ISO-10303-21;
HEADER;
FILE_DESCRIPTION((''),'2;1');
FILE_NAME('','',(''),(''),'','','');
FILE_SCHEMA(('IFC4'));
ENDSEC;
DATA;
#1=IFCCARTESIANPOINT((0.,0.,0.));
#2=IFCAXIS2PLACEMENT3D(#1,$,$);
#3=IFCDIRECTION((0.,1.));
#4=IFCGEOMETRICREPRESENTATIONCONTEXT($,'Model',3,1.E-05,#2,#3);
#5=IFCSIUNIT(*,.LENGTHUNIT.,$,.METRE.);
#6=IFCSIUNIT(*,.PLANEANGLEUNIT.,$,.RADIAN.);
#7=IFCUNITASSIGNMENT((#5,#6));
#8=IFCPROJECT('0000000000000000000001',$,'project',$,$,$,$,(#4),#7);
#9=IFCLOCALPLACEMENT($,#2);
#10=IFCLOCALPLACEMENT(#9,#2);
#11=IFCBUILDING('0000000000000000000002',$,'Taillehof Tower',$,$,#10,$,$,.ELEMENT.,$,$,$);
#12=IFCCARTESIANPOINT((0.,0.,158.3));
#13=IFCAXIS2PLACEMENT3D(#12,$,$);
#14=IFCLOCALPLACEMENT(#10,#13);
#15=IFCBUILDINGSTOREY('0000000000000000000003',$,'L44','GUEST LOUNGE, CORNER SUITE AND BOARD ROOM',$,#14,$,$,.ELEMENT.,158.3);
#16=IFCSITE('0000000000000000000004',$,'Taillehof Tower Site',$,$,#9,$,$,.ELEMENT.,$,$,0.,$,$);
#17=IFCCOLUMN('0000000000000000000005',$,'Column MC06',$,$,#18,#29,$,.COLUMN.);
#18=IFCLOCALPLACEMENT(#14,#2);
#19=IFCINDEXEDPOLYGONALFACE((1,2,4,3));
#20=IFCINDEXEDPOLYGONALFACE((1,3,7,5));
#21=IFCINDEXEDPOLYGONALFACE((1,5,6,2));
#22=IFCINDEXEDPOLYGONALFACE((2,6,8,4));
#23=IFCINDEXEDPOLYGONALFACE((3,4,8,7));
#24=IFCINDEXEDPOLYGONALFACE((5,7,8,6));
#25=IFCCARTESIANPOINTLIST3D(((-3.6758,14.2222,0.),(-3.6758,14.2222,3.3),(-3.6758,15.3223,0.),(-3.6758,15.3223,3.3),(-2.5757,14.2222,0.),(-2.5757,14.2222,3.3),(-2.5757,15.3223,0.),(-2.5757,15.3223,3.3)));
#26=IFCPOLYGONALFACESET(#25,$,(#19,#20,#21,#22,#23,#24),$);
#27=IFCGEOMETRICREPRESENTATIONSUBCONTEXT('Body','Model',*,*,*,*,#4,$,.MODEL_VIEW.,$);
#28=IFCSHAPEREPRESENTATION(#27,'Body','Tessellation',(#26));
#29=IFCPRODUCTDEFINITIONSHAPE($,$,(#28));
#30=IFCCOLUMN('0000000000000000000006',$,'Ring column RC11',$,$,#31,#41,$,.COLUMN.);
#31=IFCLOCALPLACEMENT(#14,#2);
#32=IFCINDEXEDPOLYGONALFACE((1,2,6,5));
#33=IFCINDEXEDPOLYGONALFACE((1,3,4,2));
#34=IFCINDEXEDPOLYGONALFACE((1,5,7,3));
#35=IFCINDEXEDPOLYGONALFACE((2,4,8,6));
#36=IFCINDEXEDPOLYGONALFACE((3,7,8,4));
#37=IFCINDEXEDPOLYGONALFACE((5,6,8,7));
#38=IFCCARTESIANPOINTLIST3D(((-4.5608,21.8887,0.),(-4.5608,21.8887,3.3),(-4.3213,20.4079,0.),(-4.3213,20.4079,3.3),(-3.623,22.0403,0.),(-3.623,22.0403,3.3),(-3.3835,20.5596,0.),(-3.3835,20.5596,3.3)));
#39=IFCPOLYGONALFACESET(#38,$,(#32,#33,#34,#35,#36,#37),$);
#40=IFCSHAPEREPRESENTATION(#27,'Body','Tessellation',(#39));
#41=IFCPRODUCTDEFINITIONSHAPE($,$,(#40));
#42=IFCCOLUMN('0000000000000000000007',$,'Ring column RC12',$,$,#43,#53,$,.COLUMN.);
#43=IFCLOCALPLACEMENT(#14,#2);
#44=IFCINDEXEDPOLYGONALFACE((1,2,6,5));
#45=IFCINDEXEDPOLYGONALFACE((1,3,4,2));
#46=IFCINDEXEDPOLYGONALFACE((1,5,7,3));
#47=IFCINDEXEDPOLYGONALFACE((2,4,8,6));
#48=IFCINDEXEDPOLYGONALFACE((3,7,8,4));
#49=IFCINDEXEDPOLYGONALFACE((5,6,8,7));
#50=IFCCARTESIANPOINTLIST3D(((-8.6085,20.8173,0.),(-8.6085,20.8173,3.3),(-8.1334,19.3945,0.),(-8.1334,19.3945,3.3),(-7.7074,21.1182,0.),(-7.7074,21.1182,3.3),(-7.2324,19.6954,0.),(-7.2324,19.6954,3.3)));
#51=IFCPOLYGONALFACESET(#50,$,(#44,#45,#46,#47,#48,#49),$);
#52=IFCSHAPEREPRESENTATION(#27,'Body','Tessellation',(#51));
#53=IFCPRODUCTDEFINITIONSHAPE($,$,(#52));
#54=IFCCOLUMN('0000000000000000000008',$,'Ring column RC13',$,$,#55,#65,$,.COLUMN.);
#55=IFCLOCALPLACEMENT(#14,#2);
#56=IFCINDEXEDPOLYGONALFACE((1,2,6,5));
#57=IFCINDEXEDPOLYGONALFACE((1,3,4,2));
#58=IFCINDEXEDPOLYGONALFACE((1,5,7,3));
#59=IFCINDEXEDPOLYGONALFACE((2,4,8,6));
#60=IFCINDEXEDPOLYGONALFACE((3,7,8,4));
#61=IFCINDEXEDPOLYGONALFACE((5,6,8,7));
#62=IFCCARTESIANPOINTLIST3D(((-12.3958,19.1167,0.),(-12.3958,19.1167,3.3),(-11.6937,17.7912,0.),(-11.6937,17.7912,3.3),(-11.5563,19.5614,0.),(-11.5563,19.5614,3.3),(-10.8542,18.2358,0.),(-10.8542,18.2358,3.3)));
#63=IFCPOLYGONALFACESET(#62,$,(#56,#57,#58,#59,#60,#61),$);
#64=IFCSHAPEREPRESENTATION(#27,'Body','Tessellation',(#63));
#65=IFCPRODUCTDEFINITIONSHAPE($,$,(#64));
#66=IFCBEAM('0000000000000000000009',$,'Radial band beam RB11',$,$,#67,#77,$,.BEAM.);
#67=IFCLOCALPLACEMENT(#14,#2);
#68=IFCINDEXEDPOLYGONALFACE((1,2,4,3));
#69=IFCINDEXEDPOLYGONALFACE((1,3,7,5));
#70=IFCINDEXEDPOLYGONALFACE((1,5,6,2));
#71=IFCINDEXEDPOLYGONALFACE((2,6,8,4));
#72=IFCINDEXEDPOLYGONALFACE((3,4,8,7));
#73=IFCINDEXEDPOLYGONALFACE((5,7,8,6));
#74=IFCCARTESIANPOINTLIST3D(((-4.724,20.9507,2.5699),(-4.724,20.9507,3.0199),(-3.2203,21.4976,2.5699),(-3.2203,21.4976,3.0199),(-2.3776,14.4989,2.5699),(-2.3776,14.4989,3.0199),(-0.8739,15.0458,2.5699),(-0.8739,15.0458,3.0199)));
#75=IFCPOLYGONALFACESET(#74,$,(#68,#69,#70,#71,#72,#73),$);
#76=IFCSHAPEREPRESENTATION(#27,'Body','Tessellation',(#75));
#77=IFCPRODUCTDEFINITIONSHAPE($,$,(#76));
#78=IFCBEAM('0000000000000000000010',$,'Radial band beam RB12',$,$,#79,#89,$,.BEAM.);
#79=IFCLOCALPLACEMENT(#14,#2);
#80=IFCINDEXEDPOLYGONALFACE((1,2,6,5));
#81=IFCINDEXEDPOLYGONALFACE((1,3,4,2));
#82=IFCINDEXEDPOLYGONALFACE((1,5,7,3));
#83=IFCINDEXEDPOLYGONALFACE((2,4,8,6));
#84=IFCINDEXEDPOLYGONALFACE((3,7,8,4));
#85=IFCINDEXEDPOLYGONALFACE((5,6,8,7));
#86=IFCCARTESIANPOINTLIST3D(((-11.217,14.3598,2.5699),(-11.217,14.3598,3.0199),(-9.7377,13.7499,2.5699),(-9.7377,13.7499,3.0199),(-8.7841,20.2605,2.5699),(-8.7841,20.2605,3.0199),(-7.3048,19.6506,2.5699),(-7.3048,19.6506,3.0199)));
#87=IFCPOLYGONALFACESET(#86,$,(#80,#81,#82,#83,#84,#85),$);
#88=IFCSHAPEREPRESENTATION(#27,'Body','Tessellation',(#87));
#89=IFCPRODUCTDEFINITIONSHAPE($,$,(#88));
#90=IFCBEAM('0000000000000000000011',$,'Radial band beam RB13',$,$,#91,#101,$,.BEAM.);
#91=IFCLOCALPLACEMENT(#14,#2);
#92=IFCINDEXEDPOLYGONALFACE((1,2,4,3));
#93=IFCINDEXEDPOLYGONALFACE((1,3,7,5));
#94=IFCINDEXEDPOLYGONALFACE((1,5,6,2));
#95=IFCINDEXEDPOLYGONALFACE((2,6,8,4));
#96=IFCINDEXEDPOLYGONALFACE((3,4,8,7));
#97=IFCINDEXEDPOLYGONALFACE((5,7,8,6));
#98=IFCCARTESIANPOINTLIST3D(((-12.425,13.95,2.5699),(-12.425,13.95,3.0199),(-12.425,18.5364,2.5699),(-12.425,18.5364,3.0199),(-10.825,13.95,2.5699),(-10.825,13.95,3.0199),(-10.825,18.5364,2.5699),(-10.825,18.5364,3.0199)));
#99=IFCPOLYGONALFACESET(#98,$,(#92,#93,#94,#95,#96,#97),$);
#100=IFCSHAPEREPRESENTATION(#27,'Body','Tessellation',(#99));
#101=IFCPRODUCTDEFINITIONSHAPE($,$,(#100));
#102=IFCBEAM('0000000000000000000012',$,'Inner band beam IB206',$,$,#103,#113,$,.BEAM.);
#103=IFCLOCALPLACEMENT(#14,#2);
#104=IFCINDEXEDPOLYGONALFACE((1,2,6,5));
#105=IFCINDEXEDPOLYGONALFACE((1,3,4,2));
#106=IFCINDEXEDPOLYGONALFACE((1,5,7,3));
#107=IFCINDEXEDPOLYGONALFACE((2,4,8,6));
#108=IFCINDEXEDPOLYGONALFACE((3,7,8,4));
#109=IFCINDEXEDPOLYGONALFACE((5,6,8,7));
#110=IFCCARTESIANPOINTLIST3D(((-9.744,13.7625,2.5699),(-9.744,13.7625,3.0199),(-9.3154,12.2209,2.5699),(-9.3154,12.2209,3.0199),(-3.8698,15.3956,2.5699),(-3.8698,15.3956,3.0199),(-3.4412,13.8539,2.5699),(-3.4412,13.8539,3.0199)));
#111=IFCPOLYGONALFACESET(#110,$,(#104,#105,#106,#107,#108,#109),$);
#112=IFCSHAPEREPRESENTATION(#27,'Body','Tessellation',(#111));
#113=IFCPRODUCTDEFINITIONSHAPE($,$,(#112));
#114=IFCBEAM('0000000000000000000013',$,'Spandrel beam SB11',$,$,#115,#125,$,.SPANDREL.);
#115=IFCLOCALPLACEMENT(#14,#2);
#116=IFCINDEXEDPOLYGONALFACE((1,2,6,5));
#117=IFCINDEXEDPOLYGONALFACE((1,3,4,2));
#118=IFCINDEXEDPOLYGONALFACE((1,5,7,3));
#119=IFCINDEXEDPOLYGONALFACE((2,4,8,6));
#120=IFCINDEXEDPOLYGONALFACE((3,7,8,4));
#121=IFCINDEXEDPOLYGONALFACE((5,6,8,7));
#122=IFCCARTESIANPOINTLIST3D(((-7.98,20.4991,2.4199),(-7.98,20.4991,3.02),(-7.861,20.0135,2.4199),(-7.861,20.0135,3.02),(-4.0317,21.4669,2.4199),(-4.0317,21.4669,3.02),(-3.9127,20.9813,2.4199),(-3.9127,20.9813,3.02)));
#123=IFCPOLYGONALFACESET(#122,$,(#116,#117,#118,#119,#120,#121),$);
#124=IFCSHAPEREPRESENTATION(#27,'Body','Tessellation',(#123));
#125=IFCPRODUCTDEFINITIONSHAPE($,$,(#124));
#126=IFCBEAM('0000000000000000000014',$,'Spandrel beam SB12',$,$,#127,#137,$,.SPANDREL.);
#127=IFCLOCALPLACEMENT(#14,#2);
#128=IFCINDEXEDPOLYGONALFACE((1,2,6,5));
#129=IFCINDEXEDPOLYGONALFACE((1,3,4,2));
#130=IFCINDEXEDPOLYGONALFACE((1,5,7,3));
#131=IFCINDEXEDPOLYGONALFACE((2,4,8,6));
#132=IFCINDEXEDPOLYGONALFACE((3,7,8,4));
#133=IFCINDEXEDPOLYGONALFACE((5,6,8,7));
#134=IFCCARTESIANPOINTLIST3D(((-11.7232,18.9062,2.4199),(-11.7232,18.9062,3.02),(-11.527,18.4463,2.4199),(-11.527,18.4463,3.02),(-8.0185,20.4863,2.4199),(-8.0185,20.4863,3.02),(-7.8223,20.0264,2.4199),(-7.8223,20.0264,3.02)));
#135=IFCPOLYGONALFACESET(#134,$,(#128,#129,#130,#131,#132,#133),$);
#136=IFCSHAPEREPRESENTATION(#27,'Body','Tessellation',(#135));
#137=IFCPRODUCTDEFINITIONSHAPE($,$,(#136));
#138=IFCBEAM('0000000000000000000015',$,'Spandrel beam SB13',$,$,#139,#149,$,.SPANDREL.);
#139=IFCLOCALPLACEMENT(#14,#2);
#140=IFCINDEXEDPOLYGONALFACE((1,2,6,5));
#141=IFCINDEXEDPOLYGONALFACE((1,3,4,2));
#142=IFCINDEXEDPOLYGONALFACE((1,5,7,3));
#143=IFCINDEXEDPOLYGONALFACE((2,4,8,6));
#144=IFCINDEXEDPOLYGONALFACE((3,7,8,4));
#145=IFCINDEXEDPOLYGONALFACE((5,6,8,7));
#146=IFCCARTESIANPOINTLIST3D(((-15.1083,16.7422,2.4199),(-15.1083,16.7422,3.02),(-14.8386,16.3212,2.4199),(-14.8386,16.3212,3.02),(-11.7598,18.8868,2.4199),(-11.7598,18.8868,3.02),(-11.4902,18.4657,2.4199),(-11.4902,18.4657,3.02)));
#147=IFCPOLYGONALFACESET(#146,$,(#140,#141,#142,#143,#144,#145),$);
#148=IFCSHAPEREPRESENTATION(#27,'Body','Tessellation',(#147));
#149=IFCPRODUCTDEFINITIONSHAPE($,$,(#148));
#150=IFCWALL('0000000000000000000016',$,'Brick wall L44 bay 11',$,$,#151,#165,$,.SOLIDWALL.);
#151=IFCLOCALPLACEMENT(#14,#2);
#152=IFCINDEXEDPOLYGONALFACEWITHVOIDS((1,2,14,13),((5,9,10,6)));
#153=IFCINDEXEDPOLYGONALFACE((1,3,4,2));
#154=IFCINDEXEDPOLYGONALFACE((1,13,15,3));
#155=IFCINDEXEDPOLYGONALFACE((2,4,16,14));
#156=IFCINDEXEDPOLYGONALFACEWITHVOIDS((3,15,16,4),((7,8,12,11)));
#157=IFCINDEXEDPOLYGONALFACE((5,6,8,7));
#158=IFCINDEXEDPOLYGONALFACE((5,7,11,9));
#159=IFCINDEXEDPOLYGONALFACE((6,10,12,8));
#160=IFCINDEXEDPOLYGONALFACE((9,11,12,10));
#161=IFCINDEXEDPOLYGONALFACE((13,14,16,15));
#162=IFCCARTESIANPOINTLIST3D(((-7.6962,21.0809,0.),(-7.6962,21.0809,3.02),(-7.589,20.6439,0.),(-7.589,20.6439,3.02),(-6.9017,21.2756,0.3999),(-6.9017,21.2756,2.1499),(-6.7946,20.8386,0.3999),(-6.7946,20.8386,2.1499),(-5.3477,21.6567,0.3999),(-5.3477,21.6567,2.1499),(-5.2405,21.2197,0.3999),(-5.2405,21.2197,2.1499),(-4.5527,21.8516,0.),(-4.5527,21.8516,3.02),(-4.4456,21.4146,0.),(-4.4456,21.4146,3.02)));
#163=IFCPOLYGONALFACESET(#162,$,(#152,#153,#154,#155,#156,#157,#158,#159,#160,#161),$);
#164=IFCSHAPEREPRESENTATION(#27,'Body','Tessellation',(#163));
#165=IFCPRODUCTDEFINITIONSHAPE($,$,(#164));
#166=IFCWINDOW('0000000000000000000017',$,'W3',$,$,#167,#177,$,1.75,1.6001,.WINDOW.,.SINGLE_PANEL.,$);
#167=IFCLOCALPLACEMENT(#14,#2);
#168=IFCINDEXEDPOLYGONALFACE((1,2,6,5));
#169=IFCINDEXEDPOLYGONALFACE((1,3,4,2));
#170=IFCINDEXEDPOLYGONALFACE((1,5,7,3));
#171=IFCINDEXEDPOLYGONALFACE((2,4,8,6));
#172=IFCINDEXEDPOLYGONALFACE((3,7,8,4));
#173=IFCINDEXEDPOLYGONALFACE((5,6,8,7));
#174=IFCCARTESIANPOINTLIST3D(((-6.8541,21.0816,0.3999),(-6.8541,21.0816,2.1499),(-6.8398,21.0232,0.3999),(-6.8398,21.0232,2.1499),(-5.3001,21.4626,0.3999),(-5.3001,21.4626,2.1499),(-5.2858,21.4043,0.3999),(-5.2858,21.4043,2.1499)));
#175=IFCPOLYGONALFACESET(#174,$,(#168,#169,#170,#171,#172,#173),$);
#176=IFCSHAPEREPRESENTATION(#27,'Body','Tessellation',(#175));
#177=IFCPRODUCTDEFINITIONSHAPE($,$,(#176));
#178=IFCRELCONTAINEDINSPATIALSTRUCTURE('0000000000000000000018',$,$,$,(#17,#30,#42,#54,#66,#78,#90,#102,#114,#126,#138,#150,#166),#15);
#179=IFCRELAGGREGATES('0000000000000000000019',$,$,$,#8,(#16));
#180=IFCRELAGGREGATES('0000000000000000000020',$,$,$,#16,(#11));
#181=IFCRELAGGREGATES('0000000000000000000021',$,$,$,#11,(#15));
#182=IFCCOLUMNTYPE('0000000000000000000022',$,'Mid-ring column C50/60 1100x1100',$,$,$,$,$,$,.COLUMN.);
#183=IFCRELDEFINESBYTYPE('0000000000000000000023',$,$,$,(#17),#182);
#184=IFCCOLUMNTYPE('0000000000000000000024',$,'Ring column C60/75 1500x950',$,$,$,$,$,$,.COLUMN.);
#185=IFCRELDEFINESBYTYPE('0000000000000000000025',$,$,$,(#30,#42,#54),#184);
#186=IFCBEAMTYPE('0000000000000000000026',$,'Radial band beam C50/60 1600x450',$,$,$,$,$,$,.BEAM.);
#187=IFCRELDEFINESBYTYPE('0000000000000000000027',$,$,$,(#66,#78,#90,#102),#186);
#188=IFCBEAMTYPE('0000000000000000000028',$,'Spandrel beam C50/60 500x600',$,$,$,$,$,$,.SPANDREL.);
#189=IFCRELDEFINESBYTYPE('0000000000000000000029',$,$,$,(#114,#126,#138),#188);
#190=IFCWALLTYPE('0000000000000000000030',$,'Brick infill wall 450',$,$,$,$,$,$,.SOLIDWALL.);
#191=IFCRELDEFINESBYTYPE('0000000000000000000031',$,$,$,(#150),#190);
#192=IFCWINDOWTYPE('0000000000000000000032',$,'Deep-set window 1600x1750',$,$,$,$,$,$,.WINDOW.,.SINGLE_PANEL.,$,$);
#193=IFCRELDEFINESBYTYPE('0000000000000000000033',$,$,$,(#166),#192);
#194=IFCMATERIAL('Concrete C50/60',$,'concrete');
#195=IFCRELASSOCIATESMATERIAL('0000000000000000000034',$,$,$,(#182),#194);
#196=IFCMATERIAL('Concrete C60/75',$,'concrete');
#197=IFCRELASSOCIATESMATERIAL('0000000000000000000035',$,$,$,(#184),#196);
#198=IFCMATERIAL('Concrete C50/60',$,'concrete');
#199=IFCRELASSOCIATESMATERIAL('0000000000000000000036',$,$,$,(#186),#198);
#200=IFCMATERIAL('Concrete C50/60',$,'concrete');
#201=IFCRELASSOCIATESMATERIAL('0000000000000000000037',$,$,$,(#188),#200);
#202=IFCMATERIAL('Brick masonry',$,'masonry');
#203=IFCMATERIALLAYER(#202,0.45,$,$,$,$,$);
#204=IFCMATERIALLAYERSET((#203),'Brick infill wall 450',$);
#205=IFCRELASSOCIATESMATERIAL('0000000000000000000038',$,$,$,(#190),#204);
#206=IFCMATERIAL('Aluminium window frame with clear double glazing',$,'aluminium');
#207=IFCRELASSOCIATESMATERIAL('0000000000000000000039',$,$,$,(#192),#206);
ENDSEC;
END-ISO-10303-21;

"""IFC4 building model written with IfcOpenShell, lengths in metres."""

from ifc_helpers import new_model, si_unit, direction, frame, frame_2d, origin, origin_2d, place, context, subcontext, project, spatial, rectangle, extrude, material, layer, layer_set, material_profile, profile_set, type_object, element, fill, save


model = new_model("IFC4")

# Units and contexts
model_context = context("Model", 3, precision=1e-05, world=origin(), true_north=direction((0.0, 1.0)))
body_context = subcontext(model_context, "Body", "Model", "MODEL_VIEW")
ifc_project = project(units=[si_unit("LENGTHUNIT", "METRE"), si_unit("PLANEANGLEUNIT", "RADIAN")], contexts=[model_context])

# Site, building, storey
site_placement = place(None, origin())
site = spatial("IfcSite", under=ifc_project, at=site_placement, Name="Taillehof Tower Site", CompositionType="ELEMENT", RefElevation=0.0)
building_placement = place(site_placement, origin())
building = spatial("IfcBuilding", under=site, at=building_placement, Name="Taillehof Tower", CompositionType="ELEMENT")
storey_placement = place(building_placement, frame((0.0, 0.0, 158.3)))
storey = spatial("IfcBuildingStorey", under=building, at=storey_placement, Name="L44", Description="GUEST LOUNGE, CORNER SUITE AND BOARD ROOM", CompositionType="ELEMENT", Elevation=158.3)

# Columns
ifc_material_1 = material(Name="Concrete C50/60", Category="concrete")
ifc_material_profile_1 = material_profile(ifc_material_1, rectangle(XDim=1.1001, YDim=1.1001, at=origin_2d()), Name="RC 1100x1100")
ifc_profile_set_1 = profile_set([ifc_material_profile_1], Name="Concrete C50/60")
column_type_1 = type_object("IfcColumnType", Name="Mid-ring column C50/60 1100x1100", PredefinedType="COLUMN", material=ifc_profile_set_1)
column_placement = place(storey_placement, frame((-3.1257, 14.7722, 0.0), z_axis=(0.0, 0.0, 1.0), x_axis=(1.0, 0.0, 0.0)))
element("IfcColumn", 1, at=column_placement, inside=storey, type_object=column_type_1, Name="Column MC06", PredefinedType="COLUMN", context=body_context, shape_type="SweptSolid", body=[
    extrude(rectangle(XDim=1.1001, YDim=1.1001, at=origin_2d()), origin(), (0.0, 0.0, 1.0), 3.3),
])
ifc_material_2 = material(Name="Concrete C60/75", Category="concrete")
ifc_material_profile_2 = material_profile(ifc_material_2, rectangle(XDim=1.5, YDim=0.95, at=origin_2d()), Name="RC 1500x950")
ifc_profile_set_2 = profile_set([ifc_material_profile_2], Name="Concrete C60/75")
column_type_2 = type_object("IfcColumnType", Name="Ring column C60/75 1500x950", PredefinedType="COLUMN", material=ifc_profile_set_2)
for number, where, z_axis, x_axis, name in (
    (2, (-3.9722, 21.2241, 0.0), (0.0, 0.0, 1.0), (-0.159679, 0.987169, 0.0), "Ring column RC11"),
    (3, (-7.9204, 20.2563, 0.0), (0.0, 0.0, 1.0), (-0.316703, 0.948525, 0.0), "Ring column RC12"),
    (4, (-11.625, 18.6763, 0.0), (0.0, 0.0, 1.0), (-0.468042, 0.883706, 0.0), "Ring column RC13"),
):
    element("IfcColumn", number, at=place(storey_placement, frame(where, z_axis=z_axis, x_axis=x_axis)), inside=storey, type_object=column_type_2, Name=name, PredefinedType="COLUMN", context=body_context, shape_type="SweptSolid", body=[
        extrude(rectangle(XDim=1.5, YDim=0.95, at=origin_2d()), origin(), (0.0, 0.0, 1.0), 3.3),
    ])

# Beams
ifc_material_3 = material(Name="Concrete C50/60", Category="concrete")
ifc_material_profile_3 = material_profile(ifc_material_3, rectangle(XDim=1.6001, YDim=0.45, at=origin_2d()), Name="RC 1600x450")
ifc_profile_set_3 = profile_set([ifc_material_profile_3], Name="Concrete C50/60")
beam_type_1 = type_object("IfcBeamType", Name="Radial band beam C50/60 1600x450", PredefinedType="BEAM", material=ifc_profile_set_3)
beam_1_placement = place(storey_placement, frame((-3.9722, 21.2241, 2.7949), z_axis=(0.34178, -0.93978, 0.0), x_axis=(0.93978, 0.34178, 0.0)))
element("IfcBeam", 5, at=beam_1_placement, inside=storey, type_object=beam_type_1, Name="Radial band beam RB11", PredefinedType="BEAM", context=body_context, shape_type="SweptSolid", body=[
    extrude(rectangle(XDim=1.6001, YDim=0.45, at=origin_2d()), origin(), (0.0, 0.0, 1.0), 6.8652),
])
beam_2_placement = place(storey_placement, frame((-8.0444, 19.9556, 2.7949), z_axis=(-0.381177, -0.924502, 0.0), x_axis=(0.924502, -0.381177, 0.0)))
element("IfcBeam", 6, at=beam_2_placement, inside=storey, type_object=beam_type_1, Name="Radial band beam RB12", PredefinedType="BEAM", context=body_context, shape_type="SweptSolid", body=[
    extrude(rectangle(XDim=1.6001, YDim=0.45, at=origin_2d()), origin(), (0.0, 0.0, 1.0), 6.3826),
])
beam_3_placement = place(storey_placement, frame((-11.625, 18.5364, 2.7949), z_axis=(0.0, -1.0, 0.0), x_axis=(1.0, 0.0, 0.0)))
element("IfcBeam", 7, at=beam_3_placement, inside=storey, type_object=beam_type_1, Name="Radial band beam RB13", PredefinedType="BEAM", context=body_context, shape_type="SweptSolid", body=[
    extrude(rectangle(XDim=1.6001, YDim=0.45, at=origin_2d()), origin(), (0.0, 0.0, 1.0), 4.5864),
])
beam_4_placement = place(storey_placement, frame((-3.6555, 14.6248, 2.7949), z_axis=(-0.963459, -0.267855, 0.0), x_axis=(0.267855, -0.963459, 0.0)))
element("IfcBeam", 8, at=beam_4_placement, inside=storey, type_object=beam_type_1, Name="Inner band beam IB206", PredefinedType="BEAM", context=body_context, shape_type="SweptSolid", body=[
    extrude(rectangle(XDim=1.6001, YDim=0.45, at=origin_2d()), origin(), (0.0, 0.0, 1.0), 6.0969),
])
ifc_material_4 = material(Name="Concrete C50/60", Category="concrete")
ifc_material_profile_4 = material_profile(ifc_material_4, rectangle(XDim=0.5, YDim=0.6001, at=origin_2d()), Name="RC 500x600")
ifc_profile_set_4 = profile_set([ifc_material_profile_4], Name="Concrete C50/60")
beam_type_2 = type_object("IfcBeamType", Name="Spandrel beam C50/60 500x600", PredefinedType="SPANDREL", material=ifc_profile_set_4)
beam_5_placement = place(storey_placement, frame((-3.9722, 21.2241, 2.72), z_axis=(-0.971249, -0.238068, 0.0), x_axis=(0.238068, -0.971249, 0.0)))
element("IfcBeam", 9, at=beam_5_placement, inside=storey, type_object=beam_type_2, Name="Spandrel beam SB11", PredefinedType="SPANDREL", context=body_context, shape_type="SweptSolid", body=[
    extrude(rectangle(XDim=0.5, YDim=0.6001, at=origin_2d()), origin(), (0.0, 0.0, 1.0), 4.0652),
])
beam_6_placement = place(storey_placement, frame((-7.9204, 20.2563, 2.72), z_axis=(-0.919827, -0.392324, 0.0), x_axis=(0.392324, -0.919827, 0.0)))
element("IfcBeam", 10, at=beam_6_placement, inside=storey, type_object=beam_type_2, Name="Spandrel beam SB12", PredefinedType="SPANDREL", context=body_context, shape_type="SweptSolid", body=[
    extrude(rectangle(XDim=0.5, YDim=0.6001, at=origin_2d()), origin(), (0.0, 0.0, 1.0), 4.0276),
])
beam_7_placement = place(storey_placement, frame((-11.625, 18.6763, 2.72), z_axis=(-0.842093, -0.539332, 0.0), x_axis=(0.539332, -0.842093, 0.0)))
element("IfcBeam", 11, at=beam_7_placement, inside=storey, type_object=beam_type_2, Name="Spandrel beam SB13", PredefinedType="SPANDREL", context=body_context, shape_type="SweptSolid", body=[
    extrude(rectangle(XDim=0.5, YDim=0.6001, at=origin_2d()), origin(), (0.0, 0.0, 1.0), 3.9763),
])

# Wall, opening, window
ifc_material_5 = material(Name="Brick masonry", Category="masonry")
ifc_layer_1 = layer(ifc_material_5, 0.45)
ifc_layer_set_1 = layer_set([ifc_layer_1], Name="Brick infill wall 450")
wall_type_1 = type_object("IfcWallType", Name="Brick infill wall 450", PredefinedType="SOLIDWALL", material=ifc_layer_set_1)
wall_1_placement = place(storey_placement, frame((-4.4993, 21.6331, 0.0), z_axis=(0.0, 0.0, 1.0), x_axis=(-0.971233, -0.238132, 0.0)))
wall_1 = element("IfcWall", 12, at=wall_1_placement, inside=storey, type_object=wall_type_1, Name="Brick wall L44 bay 11", PredefinedType="SOLIDWALL", context=body_context, shape_type="SweptSolid", body=[
    extrude(rectangle(XDim=3.2366, YDim=0.45, at=frame_2d((1.6182, 0.0))), origin(), (0.0, 0.0, 1.0), 3.02),
])
opening_1_placement = place(wall_1_placement, frame((0.8184, 0.0, 0.3999)))
opening_1 = element("IfcOpeningElement", 13, at=opening_1_placement, cuts=wall_1, PredefinedType="OPENING", context=body_context, shape_type="SweptSolid", body=[
    extrude(rectangle(XDim=1.6001, YDim=1.75, at=frame_2d((0.8, 0.875))), frame((0.0, 0.2349, 0.0), z_axis=(0.0, -1.0, 0.0), x_axis=(1.0, 0.0, 0.0)), (0.0, 0.0, 1.0), 0.47),
])
ifc_material_6 = material(Name="Aluminium window frame with clear double glazing", Category="aluminium")
window_type = type_object("IfcWindowType", Name="Deep-set window 1600x1750", PartitioningType="SINGLE_PANEL", PredefinedType="WINDOW", material=ifc_material_6)
window_1_placement = place(opening_1_placement, origin())
window_1 = element("IfcWindow", 14, at=window_1_placement, inside=storey, type_object=window_type, Name="W3", OverallHeight=1.75, OverallWidth=1.6001, PartitioningType="SINGLE_PANEL", PredefinedType="WINDOW", context=body_context, shape_type="SweptSolid", body=[
    extrude(rectangle(XDim=1.6001, YDim=1.75, at=frame_2d((0.8, 0.875))), frame((0.0, 0.0349, 0.0), z_axis=(0.0, -1.0, 0.0), x_axis=(1.0, 0.0, 0.0)), (0.0, 0.0, 1.0), 0.0601),
])
fill(opening_1, window_1)

save(model, "model.ifc")
